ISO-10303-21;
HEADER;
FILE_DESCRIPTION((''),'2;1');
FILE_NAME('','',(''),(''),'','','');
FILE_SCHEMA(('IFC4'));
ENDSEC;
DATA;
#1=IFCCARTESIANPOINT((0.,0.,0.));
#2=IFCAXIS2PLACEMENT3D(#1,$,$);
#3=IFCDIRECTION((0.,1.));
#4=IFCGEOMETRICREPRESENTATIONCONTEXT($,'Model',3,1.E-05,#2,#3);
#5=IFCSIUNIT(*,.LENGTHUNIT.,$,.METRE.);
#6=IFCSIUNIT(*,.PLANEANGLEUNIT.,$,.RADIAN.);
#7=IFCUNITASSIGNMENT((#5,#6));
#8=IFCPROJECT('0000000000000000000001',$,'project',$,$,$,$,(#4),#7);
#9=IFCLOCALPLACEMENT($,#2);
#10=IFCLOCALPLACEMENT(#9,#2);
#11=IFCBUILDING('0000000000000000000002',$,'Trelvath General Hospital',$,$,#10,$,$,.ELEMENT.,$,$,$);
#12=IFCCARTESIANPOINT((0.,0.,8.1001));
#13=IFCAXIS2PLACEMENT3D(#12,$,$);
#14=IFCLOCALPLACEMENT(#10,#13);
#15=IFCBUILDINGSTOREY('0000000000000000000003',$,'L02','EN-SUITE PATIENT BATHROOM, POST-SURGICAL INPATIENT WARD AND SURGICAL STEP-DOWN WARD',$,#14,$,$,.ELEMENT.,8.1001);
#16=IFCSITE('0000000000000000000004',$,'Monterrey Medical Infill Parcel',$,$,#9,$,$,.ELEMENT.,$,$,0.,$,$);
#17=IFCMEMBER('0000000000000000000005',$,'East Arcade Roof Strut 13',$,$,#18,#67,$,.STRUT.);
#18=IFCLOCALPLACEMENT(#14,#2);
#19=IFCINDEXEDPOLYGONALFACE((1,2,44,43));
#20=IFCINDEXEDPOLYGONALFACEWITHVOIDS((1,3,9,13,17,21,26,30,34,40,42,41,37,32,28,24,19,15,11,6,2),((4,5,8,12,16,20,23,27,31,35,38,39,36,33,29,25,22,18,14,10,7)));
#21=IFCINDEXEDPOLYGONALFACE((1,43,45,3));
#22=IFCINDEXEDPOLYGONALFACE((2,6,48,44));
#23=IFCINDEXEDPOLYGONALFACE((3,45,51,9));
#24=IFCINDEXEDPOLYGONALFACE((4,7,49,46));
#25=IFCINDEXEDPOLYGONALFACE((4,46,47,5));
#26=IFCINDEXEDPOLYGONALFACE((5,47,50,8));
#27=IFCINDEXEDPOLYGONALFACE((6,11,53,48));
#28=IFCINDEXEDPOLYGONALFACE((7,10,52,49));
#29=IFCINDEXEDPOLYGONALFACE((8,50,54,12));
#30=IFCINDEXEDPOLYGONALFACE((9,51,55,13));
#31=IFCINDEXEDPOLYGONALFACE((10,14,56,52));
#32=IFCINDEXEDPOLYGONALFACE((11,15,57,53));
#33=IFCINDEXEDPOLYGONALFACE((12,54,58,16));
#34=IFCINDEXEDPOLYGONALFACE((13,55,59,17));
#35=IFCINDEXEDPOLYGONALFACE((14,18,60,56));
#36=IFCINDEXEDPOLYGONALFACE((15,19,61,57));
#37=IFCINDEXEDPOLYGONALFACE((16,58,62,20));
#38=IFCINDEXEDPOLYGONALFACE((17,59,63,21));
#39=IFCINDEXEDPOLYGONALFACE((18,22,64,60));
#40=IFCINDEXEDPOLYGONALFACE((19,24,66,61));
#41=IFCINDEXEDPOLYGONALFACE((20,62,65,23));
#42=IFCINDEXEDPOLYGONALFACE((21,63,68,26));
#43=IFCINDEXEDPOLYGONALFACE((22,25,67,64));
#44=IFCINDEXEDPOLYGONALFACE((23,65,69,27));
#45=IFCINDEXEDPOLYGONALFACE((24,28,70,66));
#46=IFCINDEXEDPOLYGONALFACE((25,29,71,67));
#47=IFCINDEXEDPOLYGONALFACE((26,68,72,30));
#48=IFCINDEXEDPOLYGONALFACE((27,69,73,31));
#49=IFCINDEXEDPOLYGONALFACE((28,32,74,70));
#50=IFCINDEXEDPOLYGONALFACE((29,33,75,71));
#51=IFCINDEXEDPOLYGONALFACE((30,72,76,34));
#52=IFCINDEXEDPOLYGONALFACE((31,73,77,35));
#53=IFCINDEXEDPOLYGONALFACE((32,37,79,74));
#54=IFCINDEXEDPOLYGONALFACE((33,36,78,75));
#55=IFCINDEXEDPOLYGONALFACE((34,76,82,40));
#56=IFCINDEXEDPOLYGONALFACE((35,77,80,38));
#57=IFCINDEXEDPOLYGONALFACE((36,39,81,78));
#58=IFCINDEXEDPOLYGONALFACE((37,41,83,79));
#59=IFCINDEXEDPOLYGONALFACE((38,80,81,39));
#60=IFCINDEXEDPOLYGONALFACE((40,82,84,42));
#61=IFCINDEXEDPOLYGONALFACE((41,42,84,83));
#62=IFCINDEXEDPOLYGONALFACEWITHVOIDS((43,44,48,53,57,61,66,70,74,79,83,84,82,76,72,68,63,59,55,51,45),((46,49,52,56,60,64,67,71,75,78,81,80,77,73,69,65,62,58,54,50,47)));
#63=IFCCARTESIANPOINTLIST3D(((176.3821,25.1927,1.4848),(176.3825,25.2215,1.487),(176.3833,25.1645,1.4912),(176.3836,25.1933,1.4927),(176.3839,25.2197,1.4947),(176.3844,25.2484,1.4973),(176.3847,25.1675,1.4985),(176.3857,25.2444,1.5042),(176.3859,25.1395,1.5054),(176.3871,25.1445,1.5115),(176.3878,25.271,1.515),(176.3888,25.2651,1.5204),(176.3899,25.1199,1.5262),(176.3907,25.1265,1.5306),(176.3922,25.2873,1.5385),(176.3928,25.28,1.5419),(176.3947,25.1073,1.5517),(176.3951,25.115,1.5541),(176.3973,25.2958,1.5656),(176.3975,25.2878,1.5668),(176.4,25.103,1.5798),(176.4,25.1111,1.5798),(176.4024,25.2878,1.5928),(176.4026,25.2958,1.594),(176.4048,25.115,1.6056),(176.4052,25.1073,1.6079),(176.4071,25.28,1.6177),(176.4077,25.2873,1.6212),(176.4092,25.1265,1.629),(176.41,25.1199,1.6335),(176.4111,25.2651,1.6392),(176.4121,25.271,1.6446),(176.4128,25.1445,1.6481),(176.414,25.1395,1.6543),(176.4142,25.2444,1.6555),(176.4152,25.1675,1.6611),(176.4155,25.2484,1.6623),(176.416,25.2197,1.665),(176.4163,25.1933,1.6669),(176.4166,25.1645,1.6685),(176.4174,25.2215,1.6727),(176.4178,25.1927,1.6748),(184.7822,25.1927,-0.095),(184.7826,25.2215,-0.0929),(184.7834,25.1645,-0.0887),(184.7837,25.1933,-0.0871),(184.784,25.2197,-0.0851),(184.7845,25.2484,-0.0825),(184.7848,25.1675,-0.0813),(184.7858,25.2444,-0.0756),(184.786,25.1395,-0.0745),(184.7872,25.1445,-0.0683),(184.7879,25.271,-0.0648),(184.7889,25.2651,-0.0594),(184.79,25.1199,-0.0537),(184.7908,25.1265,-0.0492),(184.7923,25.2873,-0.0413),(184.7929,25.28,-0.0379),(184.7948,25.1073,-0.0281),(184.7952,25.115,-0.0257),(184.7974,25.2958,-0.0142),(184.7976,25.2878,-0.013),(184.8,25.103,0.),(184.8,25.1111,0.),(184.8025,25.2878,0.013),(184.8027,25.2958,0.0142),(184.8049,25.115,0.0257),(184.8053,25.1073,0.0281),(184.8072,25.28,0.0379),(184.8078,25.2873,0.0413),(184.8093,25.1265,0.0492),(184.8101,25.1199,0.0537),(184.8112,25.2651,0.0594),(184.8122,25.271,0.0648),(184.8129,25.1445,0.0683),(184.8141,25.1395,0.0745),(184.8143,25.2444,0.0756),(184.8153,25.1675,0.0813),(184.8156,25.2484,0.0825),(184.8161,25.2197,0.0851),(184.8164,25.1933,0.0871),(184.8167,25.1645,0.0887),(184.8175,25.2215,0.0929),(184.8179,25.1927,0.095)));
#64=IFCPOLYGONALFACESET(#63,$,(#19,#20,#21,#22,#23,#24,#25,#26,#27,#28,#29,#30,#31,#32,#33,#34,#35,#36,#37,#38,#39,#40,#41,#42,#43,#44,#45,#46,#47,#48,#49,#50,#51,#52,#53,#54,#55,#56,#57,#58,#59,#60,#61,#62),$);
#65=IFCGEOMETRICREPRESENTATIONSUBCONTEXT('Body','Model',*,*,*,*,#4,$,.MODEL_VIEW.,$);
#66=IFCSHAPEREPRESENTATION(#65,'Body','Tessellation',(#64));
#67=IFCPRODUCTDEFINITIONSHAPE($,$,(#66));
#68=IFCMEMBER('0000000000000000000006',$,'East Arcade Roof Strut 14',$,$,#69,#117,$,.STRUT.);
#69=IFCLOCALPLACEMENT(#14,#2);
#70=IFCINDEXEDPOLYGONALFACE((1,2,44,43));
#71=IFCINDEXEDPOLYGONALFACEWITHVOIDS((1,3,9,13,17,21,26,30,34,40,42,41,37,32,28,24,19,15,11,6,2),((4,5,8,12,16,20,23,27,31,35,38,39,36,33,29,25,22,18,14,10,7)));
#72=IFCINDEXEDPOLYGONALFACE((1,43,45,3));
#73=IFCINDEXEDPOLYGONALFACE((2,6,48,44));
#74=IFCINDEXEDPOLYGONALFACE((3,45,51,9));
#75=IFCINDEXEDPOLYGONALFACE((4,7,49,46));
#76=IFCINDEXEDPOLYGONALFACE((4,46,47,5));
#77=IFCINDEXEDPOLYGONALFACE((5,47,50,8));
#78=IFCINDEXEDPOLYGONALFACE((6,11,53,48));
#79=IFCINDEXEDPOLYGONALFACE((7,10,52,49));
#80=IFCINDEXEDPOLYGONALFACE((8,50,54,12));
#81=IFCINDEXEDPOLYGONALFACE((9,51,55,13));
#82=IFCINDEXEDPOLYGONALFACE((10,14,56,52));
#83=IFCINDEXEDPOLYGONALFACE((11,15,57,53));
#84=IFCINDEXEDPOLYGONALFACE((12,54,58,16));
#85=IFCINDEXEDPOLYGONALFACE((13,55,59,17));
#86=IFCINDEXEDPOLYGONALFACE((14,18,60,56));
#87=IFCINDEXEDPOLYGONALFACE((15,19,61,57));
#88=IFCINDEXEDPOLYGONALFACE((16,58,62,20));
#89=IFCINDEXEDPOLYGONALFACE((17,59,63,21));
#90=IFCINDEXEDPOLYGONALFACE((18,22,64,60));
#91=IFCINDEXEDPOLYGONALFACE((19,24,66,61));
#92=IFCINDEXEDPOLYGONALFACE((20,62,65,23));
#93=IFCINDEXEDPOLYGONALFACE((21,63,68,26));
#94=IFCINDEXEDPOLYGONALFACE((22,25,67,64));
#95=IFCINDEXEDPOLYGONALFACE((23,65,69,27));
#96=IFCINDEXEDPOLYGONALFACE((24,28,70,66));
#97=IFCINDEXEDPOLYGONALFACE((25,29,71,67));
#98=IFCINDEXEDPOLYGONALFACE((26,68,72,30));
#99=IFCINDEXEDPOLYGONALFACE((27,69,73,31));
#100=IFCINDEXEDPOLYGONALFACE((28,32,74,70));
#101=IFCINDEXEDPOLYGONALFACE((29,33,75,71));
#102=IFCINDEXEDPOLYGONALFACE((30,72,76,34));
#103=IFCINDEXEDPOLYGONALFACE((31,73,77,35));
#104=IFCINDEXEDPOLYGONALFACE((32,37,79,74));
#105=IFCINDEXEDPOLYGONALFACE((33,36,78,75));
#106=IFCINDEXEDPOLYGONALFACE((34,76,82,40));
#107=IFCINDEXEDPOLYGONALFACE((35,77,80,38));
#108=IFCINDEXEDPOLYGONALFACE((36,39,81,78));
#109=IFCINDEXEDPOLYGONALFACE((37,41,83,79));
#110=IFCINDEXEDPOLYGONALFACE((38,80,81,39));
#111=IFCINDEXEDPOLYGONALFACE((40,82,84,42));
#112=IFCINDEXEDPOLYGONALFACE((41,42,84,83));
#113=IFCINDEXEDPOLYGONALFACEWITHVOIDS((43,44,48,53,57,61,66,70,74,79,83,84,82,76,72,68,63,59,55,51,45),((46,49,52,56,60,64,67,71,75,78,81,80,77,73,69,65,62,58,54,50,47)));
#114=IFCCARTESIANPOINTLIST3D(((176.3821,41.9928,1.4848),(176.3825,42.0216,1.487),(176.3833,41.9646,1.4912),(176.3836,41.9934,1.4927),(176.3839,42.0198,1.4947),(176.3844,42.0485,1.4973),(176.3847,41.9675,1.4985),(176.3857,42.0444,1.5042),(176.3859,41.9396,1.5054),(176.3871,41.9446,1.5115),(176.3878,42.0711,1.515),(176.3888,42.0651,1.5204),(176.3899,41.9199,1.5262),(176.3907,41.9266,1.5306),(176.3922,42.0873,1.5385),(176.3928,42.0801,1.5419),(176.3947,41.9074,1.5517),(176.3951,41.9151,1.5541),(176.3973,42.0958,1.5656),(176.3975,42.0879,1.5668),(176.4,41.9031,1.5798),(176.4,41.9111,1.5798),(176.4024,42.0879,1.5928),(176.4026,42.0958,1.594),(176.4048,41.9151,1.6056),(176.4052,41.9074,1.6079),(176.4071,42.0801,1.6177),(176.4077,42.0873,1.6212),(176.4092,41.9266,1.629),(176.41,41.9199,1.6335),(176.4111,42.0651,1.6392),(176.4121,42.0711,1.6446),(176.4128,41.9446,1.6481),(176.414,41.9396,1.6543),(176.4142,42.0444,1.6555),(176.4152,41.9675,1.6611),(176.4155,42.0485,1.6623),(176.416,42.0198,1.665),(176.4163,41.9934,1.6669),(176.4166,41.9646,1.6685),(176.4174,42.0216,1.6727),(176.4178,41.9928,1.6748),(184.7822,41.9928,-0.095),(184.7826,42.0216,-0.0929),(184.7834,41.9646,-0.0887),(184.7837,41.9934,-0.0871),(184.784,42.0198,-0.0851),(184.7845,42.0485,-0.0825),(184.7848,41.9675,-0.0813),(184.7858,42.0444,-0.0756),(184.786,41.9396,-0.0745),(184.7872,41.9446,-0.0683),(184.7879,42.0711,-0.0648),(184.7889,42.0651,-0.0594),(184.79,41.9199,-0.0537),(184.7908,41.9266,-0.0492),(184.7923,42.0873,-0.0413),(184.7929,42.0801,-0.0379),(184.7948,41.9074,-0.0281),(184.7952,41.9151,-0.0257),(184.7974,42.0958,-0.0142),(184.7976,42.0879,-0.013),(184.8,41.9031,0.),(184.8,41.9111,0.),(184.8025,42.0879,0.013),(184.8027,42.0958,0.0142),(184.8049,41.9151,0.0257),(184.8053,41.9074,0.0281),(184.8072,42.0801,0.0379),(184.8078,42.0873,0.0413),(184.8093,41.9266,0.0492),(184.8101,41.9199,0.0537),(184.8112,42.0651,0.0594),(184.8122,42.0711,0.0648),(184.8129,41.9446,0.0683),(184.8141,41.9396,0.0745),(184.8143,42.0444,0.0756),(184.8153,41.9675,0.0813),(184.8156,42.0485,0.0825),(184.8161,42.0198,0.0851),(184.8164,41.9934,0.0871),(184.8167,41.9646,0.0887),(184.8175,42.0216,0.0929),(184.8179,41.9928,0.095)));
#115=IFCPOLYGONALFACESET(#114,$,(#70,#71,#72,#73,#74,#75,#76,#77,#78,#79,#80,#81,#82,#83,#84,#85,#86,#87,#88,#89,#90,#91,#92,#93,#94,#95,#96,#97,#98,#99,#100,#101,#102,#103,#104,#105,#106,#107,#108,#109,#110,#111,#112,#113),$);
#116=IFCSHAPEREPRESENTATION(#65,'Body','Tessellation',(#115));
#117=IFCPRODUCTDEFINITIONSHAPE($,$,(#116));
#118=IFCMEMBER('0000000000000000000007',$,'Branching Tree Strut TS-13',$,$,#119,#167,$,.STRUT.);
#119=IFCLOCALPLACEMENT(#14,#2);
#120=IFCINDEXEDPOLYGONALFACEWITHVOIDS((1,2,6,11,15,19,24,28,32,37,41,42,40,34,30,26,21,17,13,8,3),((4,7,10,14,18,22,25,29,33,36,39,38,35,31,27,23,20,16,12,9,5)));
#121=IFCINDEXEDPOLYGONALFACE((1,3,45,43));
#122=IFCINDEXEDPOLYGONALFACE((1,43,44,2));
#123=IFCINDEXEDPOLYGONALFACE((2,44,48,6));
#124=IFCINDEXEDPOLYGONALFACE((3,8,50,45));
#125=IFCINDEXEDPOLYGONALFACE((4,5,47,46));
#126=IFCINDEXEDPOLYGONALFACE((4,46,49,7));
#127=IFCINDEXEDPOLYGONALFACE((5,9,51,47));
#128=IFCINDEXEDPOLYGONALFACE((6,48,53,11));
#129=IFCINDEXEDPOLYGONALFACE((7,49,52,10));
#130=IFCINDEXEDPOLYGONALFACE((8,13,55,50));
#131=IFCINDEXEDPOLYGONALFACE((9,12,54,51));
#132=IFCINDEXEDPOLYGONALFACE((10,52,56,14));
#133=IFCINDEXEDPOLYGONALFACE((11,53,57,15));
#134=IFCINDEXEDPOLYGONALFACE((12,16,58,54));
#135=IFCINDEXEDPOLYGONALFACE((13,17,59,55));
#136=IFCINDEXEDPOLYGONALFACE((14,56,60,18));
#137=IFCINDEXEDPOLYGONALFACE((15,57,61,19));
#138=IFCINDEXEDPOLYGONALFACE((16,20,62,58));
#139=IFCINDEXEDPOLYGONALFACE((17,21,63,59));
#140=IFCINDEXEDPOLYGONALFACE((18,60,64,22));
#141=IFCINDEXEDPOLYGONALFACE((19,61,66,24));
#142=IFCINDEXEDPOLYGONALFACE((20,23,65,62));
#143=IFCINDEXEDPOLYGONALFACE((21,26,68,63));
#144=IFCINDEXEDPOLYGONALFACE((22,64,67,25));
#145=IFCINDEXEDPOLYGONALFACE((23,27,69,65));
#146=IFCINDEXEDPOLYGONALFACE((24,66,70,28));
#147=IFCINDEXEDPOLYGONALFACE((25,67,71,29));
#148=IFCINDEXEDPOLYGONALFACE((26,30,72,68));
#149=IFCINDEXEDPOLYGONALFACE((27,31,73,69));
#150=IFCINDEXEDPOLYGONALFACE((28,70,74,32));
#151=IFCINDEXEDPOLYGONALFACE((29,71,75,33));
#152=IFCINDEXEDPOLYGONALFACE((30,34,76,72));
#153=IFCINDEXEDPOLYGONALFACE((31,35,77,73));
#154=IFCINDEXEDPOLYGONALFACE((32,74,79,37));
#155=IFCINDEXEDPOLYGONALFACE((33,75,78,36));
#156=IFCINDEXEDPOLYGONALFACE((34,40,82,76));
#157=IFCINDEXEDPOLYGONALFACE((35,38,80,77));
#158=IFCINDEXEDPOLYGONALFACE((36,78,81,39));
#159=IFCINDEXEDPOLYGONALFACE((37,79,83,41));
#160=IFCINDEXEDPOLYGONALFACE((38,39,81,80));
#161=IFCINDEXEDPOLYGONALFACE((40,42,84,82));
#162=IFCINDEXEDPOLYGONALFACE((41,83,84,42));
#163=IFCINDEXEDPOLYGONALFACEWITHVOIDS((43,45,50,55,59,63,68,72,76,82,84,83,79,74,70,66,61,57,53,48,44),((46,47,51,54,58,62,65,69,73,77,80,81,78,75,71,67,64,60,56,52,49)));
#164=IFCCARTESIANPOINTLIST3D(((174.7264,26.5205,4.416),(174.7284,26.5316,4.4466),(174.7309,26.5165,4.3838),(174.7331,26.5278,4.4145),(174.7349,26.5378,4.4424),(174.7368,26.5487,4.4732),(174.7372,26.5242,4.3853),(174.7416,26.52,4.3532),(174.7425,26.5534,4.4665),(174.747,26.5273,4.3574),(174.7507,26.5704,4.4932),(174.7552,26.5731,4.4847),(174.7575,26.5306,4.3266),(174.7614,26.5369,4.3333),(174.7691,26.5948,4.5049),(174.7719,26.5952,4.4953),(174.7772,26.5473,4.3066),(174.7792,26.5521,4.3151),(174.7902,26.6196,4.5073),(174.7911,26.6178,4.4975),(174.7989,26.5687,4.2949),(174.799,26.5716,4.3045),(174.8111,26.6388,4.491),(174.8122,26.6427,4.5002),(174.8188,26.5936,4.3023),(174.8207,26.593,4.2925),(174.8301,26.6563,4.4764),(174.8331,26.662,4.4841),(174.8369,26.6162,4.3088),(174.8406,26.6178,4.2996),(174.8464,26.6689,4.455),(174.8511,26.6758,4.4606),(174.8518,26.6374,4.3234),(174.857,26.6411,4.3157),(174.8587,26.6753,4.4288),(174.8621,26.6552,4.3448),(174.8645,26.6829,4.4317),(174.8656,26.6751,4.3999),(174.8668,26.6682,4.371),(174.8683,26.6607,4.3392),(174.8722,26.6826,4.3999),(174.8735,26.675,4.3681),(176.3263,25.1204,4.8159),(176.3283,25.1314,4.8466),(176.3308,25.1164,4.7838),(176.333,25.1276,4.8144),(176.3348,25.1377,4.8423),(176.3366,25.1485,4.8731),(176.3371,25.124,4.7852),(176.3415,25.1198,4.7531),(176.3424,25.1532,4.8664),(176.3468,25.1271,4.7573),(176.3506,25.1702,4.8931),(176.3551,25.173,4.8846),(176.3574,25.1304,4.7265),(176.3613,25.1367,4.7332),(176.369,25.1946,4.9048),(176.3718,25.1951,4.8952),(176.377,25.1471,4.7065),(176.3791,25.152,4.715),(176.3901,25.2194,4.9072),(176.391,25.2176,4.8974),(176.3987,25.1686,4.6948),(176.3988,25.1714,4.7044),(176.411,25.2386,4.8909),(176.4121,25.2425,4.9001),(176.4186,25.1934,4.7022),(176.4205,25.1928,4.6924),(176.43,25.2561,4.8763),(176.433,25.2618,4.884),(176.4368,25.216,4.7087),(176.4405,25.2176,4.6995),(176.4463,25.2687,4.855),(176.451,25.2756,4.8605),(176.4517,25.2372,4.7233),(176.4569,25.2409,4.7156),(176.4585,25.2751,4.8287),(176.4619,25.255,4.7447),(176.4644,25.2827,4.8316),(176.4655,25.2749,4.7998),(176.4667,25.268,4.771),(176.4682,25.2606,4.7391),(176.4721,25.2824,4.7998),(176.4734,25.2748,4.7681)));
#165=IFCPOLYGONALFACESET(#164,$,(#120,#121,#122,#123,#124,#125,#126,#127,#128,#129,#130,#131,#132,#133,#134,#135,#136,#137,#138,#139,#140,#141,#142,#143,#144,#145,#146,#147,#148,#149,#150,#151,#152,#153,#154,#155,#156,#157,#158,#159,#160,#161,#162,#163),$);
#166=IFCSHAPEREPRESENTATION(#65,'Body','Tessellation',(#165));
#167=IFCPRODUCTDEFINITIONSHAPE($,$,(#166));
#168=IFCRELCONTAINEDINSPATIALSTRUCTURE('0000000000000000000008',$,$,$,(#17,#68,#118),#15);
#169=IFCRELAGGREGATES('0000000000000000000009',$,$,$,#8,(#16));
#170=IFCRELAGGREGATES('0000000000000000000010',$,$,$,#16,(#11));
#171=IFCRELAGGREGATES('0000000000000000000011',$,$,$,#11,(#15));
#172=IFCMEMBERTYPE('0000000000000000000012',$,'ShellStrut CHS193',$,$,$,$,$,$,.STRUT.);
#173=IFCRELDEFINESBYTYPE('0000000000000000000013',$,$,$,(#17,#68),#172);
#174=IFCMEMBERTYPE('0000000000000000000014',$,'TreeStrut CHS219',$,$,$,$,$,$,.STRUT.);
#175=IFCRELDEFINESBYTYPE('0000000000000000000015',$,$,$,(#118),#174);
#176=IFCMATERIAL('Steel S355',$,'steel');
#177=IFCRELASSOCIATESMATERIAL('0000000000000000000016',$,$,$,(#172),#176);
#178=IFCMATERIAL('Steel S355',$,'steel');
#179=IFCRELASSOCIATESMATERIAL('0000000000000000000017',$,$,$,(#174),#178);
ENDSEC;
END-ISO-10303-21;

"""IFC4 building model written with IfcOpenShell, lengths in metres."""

from ifc_helpers import new_model, si_unit, direction, frame, origin, origin_2d, place, context, subcontext, project, spatial, hollow_circle, extrude, material, material_profile, profile_set, type_object, element, save


model = new_model("IFC4")

# Units and contexts
model_context = context("Model", 3, precision=1e-05, world=origin(), true_north=direction((0.0, 1.0)))
body_context = subcontext(model_context, "Body", "Model", "MODEL_VIEW")
ifc_project = project(units=[si_unit("LENGTHUNIT", "METRE"), si_unit("PLANEANGLEUNIT", "RADIAN")], contexts=[model_context])

# Site, building, storey
site_placement = place(None, origin())
site = spatial("IfcSite", under=ifc_project, at=site_placement, Name="Monterrey Medical Infill Parcel", CompositionType="ELEMENT", RefElevation=0.0)
building_placement = place(site_placement, origin())
building = spatial("IfcBuilding", under=site, at=building_placement, Name="Trelvath General Hospital", CompositionType="ELEMENT")
storey_placement = place(building_placement, frame((0.0, 0.0, 8.1001)))
storey = spatial("IfcBuildingStorey", under=building, at=storey_placement, Name="L02", Description="EN-SUITE PATIENT BATHROOM, POST-SURGICAL INPATIENT WARD AND SURGICAL STEP-DOWN WARD", CompositionType="ELEMENT", Elevation=8.1001)

# Members
ifc_material_1 = material(Name="Steel S355", Category="steel")
ifc_material_profile_1 = material_profile(ifc_material_1, hollow_circle(Radius=0.0969, WallThickness=0.0081, at=origin_2d()), Name="CHS193.7x8.0")
ifc_profile_set_1 = profile_set([ifc_material_profile_1], Name="Steel S355")
member_type_1 = type_object("IfcMemberType", Name="ShellStrut CHS193", PredefinedType="STRUT", material=ifc_profile_set_1)
for number, where, z_axis, x_axis, name in (
    (1, (184.8, 25.2, 0.0), (-0.98277, 0.0, 0.184832), (0.0, -1.0, 0.0), "East Arcade Roof Strut 13"),
    (2, (184.8, 42.0, 0.0), (-0.98277, 0.0, 0.184832), (0.0, -1.0, 0.0), "East Arcade Roof Strut 14"),
):
    element("IfcMember", number, at=place(storey_placement, frame(where, z_axis=z_axis, x_axis=x_axis)), inside=storey, type_object=member_type_1, Name=name, PredefinedType="STRUT", context=body_context, shape_type="SweptSolid", body=[
        extrude(hollow_circle(Radius=0.0969, WallThickness=0.0081, at=origin_2d()), origin(), (0.0, 0.0, 1.0), 8.5474),
    ])
ifc_material_2 = material(Name="Steel S355", Category="steel")
ifc_material_profile_2 = material_profile(ifc_material_2, hollow_circle(Radius=0.1096, WallThickness=0.01, at=origin_2d()), Name="CHS219.1x10.0")
ifc_profile_set_2 = profile_set([ifc_material_profile_2], Name="Steel S355")
member_type_2 = type_object("IfcMemberType", Name="TreeStrut CHS219", PredefinedType="STRUT", material=ifc_profile_set_2)
member_1_placement = place(storey_placement, frame((174.8, 26.6001, 4.3999), z_axis=(0.739543, -0.647227, 0.184858), x_axis=(0.658578, 0.752513, 0.0)))
element("IfcMember", 3, at=member_1_placement, inside=storey, type_object=member_type_2, Name="Branching Tree Strut TS-13", PredefinedType="STRUT", context=body_context, shape_type="SweptSolid", body=[
    extrude(hollow_circle(Radius=0.1096, WallThickness=0.01, at=origin_2d()), origin(), (0.0, 0.0, 1.0), 2.1633),
])

save(model, "model.ifc")
